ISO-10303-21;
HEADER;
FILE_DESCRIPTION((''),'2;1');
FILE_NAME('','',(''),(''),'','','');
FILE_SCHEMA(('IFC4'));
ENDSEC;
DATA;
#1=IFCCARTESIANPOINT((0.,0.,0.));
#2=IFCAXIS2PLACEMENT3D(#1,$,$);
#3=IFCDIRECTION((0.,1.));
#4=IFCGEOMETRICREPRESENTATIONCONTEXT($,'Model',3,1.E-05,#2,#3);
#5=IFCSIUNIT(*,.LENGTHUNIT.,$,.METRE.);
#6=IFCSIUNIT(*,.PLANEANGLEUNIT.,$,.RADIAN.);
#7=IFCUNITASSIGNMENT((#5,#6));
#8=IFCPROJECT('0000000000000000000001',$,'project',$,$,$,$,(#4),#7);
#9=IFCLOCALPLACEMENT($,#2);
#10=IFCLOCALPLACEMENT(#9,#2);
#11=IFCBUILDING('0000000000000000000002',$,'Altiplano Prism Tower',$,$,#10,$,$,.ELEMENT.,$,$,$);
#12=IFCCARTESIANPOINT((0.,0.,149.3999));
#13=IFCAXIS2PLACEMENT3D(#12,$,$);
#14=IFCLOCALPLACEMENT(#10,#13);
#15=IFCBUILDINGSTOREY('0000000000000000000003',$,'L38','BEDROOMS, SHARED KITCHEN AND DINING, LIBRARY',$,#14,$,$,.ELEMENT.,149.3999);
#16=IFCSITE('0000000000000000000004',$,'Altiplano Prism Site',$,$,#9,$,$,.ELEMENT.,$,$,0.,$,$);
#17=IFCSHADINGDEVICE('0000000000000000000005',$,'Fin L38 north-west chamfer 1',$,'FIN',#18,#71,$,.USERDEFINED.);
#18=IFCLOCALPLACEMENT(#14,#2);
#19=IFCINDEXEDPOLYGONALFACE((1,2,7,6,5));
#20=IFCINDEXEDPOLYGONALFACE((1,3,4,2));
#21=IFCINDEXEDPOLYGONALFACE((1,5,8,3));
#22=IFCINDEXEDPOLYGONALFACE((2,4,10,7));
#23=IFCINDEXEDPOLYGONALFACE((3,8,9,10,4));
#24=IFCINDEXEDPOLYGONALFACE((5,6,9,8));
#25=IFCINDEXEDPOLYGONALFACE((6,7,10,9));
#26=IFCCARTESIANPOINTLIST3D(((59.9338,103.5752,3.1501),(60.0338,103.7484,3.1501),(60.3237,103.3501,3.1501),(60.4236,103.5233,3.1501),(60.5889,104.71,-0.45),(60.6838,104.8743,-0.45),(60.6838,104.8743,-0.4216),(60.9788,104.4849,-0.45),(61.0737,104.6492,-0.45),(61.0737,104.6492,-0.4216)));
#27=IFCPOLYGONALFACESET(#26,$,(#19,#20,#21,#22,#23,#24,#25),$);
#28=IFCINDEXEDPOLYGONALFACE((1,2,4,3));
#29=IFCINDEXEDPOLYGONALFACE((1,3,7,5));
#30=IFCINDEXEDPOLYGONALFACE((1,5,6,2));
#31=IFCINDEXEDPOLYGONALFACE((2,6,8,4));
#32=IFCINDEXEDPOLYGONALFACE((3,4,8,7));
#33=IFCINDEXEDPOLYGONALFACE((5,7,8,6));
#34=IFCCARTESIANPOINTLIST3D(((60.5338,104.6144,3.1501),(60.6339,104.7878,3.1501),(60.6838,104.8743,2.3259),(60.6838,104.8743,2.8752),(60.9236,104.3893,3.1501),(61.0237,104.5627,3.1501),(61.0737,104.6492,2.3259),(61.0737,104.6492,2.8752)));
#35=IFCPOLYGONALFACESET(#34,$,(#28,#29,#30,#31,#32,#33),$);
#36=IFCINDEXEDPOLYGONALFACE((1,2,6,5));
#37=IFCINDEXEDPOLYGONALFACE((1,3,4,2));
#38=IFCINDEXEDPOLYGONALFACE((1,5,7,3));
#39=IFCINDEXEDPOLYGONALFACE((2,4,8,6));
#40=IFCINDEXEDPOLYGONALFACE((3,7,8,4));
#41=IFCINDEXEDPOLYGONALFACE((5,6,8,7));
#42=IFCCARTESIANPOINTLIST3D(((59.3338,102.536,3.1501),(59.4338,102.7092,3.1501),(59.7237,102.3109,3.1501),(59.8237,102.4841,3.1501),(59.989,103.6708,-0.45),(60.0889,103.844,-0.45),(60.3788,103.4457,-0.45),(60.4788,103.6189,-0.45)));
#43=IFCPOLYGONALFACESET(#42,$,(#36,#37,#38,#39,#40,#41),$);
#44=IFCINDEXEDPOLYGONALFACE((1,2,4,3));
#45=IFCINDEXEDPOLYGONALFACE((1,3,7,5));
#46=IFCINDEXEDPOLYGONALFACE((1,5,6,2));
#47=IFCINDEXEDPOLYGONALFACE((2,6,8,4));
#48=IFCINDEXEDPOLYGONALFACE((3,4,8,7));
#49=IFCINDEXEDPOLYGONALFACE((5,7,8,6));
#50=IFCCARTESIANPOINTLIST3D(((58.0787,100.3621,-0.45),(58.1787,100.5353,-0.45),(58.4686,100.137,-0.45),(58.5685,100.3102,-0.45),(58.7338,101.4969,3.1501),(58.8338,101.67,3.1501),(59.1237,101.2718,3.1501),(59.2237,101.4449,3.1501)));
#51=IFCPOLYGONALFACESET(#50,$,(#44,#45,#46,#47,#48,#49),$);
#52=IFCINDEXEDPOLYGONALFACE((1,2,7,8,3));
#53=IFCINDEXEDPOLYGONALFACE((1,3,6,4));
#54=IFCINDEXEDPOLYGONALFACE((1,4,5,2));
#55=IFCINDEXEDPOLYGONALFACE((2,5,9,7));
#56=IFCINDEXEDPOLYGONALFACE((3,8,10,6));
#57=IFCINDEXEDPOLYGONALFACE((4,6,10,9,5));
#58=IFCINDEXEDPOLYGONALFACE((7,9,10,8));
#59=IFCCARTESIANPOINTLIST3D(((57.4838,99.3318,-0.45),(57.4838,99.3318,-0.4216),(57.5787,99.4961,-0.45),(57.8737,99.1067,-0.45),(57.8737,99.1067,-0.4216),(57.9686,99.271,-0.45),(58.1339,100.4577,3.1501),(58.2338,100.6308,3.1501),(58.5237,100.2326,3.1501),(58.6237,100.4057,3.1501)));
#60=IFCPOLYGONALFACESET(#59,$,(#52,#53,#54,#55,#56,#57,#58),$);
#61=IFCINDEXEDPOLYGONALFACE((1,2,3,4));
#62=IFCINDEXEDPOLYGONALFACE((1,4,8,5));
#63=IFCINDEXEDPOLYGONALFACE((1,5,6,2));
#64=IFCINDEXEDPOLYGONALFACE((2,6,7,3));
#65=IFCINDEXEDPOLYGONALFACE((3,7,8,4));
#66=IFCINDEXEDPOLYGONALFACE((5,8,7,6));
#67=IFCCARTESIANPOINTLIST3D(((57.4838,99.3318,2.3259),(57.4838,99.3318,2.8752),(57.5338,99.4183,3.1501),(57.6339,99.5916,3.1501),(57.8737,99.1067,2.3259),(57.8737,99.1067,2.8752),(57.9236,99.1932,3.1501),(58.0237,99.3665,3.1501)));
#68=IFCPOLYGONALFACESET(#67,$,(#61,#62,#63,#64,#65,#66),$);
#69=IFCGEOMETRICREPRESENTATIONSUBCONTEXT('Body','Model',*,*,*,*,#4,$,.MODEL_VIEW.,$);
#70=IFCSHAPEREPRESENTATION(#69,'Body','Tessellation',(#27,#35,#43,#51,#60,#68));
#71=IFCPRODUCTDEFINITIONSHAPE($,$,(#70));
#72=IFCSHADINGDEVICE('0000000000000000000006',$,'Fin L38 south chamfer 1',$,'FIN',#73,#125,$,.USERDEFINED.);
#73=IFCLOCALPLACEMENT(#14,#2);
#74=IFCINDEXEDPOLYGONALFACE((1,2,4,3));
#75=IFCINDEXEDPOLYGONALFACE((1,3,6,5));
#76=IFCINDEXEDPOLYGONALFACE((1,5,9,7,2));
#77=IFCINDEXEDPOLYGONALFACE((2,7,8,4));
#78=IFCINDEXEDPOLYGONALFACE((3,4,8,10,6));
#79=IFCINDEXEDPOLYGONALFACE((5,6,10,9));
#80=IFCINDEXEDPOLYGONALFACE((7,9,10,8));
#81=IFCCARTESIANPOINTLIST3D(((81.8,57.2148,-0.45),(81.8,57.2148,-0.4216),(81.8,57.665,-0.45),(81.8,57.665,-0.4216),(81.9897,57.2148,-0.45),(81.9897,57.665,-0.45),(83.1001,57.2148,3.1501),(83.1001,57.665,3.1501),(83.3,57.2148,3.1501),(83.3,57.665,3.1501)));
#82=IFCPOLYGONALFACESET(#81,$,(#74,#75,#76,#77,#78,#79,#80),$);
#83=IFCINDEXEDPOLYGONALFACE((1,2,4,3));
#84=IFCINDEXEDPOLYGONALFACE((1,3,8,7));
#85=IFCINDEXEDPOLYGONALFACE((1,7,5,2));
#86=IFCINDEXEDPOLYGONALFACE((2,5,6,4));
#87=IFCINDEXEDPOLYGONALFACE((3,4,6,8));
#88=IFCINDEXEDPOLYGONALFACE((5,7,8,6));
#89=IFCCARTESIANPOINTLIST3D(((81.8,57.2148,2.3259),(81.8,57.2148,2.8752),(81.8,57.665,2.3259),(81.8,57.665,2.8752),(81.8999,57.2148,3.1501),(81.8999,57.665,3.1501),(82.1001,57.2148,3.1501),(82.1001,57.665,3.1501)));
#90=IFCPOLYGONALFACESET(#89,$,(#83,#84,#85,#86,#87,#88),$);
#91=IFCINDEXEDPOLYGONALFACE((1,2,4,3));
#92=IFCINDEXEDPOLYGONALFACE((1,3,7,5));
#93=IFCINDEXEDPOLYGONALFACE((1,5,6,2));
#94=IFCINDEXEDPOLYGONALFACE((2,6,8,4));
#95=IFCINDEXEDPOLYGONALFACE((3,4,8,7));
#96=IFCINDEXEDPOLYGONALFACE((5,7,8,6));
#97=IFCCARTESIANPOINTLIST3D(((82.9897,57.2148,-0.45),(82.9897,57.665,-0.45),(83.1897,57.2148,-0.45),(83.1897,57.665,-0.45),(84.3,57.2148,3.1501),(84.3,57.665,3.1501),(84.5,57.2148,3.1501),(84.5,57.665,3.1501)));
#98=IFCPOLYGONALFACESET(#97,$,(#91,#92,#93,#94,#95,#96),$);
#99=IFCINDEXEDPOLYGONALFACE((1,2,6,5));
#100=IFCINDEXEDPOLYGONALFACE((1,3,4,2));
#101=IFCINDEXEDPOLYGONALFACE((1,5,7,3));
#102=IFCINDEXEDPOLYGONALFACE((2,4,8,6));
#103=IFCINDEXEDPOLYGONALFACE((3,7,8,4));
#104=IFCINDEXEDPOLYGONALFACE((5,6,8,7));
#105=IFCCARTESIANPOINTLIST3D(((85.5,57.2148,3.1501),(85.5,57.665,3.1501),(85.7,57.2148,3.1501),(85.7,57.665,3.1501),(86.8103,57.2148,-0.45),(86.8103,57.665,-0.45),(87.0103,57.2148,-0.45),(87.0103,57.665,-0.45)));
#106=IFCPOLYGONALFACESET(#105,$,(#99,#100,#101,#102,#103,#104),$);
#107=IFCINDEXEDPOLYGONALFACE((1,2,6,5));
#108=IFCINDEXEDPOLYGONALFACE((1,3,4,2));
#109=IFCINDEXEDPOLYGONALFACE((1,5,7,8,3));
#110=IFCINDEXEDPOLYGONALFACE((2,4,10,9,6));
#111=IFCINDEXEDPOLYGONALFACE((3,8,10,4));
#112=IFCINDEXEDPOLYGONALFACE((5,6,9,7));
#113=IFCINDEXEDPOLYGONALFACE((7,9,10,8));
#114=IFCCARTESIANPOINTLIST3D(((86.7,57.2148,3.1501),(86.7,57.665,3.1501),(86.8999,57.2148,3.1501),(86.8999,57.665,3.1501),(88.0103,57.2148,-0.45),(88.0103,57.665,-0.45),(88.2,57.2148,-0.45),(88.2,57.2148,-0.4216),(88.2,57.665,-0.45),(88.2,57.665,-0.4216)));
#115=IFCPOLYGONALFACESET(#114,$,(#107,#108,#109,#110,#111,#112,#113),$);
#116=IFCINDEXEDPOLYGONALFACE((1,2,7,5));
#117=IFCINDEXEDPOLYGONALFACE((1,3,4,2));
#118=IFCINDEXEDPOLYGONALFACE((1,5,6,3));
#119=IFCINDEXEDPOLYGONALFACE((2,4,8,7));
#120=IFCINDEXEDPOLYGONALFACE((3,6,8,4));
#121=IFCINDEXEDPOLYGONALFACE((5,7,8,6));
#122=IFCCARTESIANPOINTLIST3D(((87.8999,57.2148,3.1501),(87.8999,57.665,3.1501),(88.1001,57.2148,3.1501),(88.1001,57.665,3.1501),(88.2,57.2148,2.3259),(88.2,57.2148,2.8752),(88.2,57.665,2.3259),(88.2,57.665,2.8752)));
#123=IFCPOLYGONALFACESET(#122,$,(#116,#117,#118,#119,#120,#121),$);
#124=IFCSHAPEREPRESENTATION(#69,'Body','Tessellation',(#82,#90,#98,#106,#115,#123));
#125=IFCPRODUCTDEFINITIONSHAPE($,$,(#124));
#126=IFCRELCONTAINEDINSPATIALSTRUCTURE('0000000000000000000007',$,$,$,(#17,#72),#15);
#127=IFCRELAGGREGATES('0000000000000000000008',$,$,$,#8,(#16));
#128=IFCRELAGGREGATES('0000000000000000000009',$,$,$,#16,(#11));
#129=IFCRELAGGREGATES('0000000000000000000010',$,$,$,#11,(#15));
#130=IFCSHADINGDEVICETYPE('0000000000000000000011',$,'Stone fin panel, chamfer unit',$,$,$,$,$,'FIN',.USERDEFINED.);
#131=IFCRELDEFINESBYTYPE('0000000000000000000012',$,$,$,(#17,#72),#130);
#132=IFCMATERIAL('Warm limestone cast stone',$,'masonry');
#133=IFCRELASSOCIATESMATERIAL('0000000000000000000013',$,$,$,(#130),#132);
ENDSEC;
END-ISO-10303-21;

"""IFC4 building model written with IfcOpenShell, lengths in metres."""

from ifc_helpers import new_model, si_unit, direction, frame, origin, place, context, subcontext, project, spatial, polyline, outline, extrude, source, transform, mapped, material, type_object, element, save


model = new_model("IFC4")

# Units and contexts
model_context = context("Model", 3, precision=1e-05, world=origin(), true_north=direction((0.0, 1.0)))
body_context = subcontext(model_context, "Body", "Model", "MODEL_VIEW")
ifc_project = project(units=[si_unit("LENGTHUNIT", "METRE"), si_unit("PLANEANGLEUNIT", "RADIAN")], contexts=[model_context])

# Site, building, storey
site_placement = place(None, origin())
site = spatial("IfcSite", under=ifc_project, at=site_placement, Name="Altiplano Prism Site", CompositionType="ELEMENT", RefElevation=0.0)
building_placement = place(site_placement, origin())
building = spatial("IfcBuilding", under=site, at=building_placement, Name="Altiplano Prism Tower", CompositionType="ELEMENT")
storey_placement = place(building_placement, frame((0.0, 0.0, 149.3999)))
storey = spatial("IfcBuildingStorey", under=building, at=storey_placement, Name="L38", Description="BEDROOMS, SHARED KITCHEN AND DINING, LIBRARY", CompositionType="ELEMENT", Elevation=149.3999)

# Shading devices
ifc_material_1 = material(Name="Warm limestone cast stone", Category="masonry")
shading_device_type_1 = type_object("IfcShadingDeviceType", Name="Stone fin panel, chamfer unit", ElementType="FIN", PredefinedType="USERDEFINED", material=ifc_material_1)
shared_shape_1 = source(origin(), body_context, "Body", "SweptSolid", [
    extrude(outline(polyline([(-3.2, 0.0), (-3.0103, 0.0), (-1.7, 3.6001), (-1.8999, 3.6001), (-3.2, 0.0283), (-3.2, 0.0)])), frame((0.0, -0.1499, 0.0), z_axis=(0.0, -1.0, 0.0), x_axis=(1.0, 0.0, 0.0)), (0.0, 0.0, 1.0), 0.4502),
    extrude(outline(polyline([(-3.2, 2.7759), (-2.8999, 3.6001), (-3.1001, 3.6001), (-3.2, 3.3252), (-3.2, 2.7759)])), frame((0.0, -0.1499, 0.0), z_axis=(0.0, -1.0, 0.0), x_axis=(1.0, 0.0, 0.0)), (0.0, 0.0, 1.0), 0.4502),
    extrude(outline(polyline([(-2.0103, 0.0), (-1.8103, 0.0), (-0.5, 3.6001), (-0.7, 3.6001), (-2.0103, 0.0)])), frame((0.0, -0.1499, 0.0), z_axis=(0.0, -1.0, 0.0), x_axis=(1.0, 0.0, 0.0)), (0.0, 0.0, 1.0), 0.4502),
    extrude(outline(polyline([(1.8103, 0.0), (2.0103, 0.0), (0.7, 3.6001), (0.5, 3.6001), (1.8103, 0.0)])), frame((0.0, -0.1499, 0.0), z_axis=(0.0, -1.0, 0.0), x_axis=(1.0, 0.0, 0.0)), (0.0, 0.0, 1.0), 0.4502),
    extrude(outline(polyline([(3.0103, 0.0), (3.2, 0.0), (3.2, 0.0283), (1.8999, 3.6001), (1.7, 3.6001), (3.0103, 0.0)])), frame((0.0, -0.1499, 0.0), z_axis=(0.0, -1.0, 0.0), x_axis=(1.0, 0.0, 0.0)), (0.0, 0.0, 1.0), 0.4502),
    extrude(outline(polyline([(3.2, 3.3252), (3.1001, 3.6001), (2.8999, 3.6001), (3.2, 2.7759), (3.2, 3.3252)])), frame((0.0, -0.1499, 0.0), z_axis=(0.0, -1.0, 0.0), x_axis=(1.0, 0.0, 0.0)), (0.0, 0.0, 1.0), 0.4502),
])
shading_device_1_placement = place(storey_placement, origin())
element("IfcShadingDevice", 1, at=shading_device_1_placement, inside=storey, type_object=shading_device_type_1, Name="Fin L38 north-west chamfer 1", ObjectType="FIN", PredefinedType="USERDEFINED", context=body_context, shape_type="MappedRepresentation", body=[
    mapped(shared_shape_1, transform((59.6035, 101.803, -0.45), x_axis=(-0.5, -0.866025, 0.0), y_axis=(0.866025, -0.5, 0.0), z_axis=(0.0, 0.0, 1.0))),
])
shading_device_2_placement = place(storey_placement, origin())
element("IfcShadingDevice", 2, at=shading_device_2_placement, inside=storey, type_object=shading_device_type_1, Name="Fin L38 south chamfer 1", ObjectType="FIN", PredefinedType="USERDEFINED", context=body_context, shape_type="MappedRepresentation", body=[
    mapped(shared_shape_1, transform((85.0, 57.8149, -0.45), x_axis=(1.0, 0.0, 0.0), y_axis=(0.0, 1.0, 0.0), z_axis=(0.0, 0.0, 1.0))),
])

save(model, "model.ifc")
